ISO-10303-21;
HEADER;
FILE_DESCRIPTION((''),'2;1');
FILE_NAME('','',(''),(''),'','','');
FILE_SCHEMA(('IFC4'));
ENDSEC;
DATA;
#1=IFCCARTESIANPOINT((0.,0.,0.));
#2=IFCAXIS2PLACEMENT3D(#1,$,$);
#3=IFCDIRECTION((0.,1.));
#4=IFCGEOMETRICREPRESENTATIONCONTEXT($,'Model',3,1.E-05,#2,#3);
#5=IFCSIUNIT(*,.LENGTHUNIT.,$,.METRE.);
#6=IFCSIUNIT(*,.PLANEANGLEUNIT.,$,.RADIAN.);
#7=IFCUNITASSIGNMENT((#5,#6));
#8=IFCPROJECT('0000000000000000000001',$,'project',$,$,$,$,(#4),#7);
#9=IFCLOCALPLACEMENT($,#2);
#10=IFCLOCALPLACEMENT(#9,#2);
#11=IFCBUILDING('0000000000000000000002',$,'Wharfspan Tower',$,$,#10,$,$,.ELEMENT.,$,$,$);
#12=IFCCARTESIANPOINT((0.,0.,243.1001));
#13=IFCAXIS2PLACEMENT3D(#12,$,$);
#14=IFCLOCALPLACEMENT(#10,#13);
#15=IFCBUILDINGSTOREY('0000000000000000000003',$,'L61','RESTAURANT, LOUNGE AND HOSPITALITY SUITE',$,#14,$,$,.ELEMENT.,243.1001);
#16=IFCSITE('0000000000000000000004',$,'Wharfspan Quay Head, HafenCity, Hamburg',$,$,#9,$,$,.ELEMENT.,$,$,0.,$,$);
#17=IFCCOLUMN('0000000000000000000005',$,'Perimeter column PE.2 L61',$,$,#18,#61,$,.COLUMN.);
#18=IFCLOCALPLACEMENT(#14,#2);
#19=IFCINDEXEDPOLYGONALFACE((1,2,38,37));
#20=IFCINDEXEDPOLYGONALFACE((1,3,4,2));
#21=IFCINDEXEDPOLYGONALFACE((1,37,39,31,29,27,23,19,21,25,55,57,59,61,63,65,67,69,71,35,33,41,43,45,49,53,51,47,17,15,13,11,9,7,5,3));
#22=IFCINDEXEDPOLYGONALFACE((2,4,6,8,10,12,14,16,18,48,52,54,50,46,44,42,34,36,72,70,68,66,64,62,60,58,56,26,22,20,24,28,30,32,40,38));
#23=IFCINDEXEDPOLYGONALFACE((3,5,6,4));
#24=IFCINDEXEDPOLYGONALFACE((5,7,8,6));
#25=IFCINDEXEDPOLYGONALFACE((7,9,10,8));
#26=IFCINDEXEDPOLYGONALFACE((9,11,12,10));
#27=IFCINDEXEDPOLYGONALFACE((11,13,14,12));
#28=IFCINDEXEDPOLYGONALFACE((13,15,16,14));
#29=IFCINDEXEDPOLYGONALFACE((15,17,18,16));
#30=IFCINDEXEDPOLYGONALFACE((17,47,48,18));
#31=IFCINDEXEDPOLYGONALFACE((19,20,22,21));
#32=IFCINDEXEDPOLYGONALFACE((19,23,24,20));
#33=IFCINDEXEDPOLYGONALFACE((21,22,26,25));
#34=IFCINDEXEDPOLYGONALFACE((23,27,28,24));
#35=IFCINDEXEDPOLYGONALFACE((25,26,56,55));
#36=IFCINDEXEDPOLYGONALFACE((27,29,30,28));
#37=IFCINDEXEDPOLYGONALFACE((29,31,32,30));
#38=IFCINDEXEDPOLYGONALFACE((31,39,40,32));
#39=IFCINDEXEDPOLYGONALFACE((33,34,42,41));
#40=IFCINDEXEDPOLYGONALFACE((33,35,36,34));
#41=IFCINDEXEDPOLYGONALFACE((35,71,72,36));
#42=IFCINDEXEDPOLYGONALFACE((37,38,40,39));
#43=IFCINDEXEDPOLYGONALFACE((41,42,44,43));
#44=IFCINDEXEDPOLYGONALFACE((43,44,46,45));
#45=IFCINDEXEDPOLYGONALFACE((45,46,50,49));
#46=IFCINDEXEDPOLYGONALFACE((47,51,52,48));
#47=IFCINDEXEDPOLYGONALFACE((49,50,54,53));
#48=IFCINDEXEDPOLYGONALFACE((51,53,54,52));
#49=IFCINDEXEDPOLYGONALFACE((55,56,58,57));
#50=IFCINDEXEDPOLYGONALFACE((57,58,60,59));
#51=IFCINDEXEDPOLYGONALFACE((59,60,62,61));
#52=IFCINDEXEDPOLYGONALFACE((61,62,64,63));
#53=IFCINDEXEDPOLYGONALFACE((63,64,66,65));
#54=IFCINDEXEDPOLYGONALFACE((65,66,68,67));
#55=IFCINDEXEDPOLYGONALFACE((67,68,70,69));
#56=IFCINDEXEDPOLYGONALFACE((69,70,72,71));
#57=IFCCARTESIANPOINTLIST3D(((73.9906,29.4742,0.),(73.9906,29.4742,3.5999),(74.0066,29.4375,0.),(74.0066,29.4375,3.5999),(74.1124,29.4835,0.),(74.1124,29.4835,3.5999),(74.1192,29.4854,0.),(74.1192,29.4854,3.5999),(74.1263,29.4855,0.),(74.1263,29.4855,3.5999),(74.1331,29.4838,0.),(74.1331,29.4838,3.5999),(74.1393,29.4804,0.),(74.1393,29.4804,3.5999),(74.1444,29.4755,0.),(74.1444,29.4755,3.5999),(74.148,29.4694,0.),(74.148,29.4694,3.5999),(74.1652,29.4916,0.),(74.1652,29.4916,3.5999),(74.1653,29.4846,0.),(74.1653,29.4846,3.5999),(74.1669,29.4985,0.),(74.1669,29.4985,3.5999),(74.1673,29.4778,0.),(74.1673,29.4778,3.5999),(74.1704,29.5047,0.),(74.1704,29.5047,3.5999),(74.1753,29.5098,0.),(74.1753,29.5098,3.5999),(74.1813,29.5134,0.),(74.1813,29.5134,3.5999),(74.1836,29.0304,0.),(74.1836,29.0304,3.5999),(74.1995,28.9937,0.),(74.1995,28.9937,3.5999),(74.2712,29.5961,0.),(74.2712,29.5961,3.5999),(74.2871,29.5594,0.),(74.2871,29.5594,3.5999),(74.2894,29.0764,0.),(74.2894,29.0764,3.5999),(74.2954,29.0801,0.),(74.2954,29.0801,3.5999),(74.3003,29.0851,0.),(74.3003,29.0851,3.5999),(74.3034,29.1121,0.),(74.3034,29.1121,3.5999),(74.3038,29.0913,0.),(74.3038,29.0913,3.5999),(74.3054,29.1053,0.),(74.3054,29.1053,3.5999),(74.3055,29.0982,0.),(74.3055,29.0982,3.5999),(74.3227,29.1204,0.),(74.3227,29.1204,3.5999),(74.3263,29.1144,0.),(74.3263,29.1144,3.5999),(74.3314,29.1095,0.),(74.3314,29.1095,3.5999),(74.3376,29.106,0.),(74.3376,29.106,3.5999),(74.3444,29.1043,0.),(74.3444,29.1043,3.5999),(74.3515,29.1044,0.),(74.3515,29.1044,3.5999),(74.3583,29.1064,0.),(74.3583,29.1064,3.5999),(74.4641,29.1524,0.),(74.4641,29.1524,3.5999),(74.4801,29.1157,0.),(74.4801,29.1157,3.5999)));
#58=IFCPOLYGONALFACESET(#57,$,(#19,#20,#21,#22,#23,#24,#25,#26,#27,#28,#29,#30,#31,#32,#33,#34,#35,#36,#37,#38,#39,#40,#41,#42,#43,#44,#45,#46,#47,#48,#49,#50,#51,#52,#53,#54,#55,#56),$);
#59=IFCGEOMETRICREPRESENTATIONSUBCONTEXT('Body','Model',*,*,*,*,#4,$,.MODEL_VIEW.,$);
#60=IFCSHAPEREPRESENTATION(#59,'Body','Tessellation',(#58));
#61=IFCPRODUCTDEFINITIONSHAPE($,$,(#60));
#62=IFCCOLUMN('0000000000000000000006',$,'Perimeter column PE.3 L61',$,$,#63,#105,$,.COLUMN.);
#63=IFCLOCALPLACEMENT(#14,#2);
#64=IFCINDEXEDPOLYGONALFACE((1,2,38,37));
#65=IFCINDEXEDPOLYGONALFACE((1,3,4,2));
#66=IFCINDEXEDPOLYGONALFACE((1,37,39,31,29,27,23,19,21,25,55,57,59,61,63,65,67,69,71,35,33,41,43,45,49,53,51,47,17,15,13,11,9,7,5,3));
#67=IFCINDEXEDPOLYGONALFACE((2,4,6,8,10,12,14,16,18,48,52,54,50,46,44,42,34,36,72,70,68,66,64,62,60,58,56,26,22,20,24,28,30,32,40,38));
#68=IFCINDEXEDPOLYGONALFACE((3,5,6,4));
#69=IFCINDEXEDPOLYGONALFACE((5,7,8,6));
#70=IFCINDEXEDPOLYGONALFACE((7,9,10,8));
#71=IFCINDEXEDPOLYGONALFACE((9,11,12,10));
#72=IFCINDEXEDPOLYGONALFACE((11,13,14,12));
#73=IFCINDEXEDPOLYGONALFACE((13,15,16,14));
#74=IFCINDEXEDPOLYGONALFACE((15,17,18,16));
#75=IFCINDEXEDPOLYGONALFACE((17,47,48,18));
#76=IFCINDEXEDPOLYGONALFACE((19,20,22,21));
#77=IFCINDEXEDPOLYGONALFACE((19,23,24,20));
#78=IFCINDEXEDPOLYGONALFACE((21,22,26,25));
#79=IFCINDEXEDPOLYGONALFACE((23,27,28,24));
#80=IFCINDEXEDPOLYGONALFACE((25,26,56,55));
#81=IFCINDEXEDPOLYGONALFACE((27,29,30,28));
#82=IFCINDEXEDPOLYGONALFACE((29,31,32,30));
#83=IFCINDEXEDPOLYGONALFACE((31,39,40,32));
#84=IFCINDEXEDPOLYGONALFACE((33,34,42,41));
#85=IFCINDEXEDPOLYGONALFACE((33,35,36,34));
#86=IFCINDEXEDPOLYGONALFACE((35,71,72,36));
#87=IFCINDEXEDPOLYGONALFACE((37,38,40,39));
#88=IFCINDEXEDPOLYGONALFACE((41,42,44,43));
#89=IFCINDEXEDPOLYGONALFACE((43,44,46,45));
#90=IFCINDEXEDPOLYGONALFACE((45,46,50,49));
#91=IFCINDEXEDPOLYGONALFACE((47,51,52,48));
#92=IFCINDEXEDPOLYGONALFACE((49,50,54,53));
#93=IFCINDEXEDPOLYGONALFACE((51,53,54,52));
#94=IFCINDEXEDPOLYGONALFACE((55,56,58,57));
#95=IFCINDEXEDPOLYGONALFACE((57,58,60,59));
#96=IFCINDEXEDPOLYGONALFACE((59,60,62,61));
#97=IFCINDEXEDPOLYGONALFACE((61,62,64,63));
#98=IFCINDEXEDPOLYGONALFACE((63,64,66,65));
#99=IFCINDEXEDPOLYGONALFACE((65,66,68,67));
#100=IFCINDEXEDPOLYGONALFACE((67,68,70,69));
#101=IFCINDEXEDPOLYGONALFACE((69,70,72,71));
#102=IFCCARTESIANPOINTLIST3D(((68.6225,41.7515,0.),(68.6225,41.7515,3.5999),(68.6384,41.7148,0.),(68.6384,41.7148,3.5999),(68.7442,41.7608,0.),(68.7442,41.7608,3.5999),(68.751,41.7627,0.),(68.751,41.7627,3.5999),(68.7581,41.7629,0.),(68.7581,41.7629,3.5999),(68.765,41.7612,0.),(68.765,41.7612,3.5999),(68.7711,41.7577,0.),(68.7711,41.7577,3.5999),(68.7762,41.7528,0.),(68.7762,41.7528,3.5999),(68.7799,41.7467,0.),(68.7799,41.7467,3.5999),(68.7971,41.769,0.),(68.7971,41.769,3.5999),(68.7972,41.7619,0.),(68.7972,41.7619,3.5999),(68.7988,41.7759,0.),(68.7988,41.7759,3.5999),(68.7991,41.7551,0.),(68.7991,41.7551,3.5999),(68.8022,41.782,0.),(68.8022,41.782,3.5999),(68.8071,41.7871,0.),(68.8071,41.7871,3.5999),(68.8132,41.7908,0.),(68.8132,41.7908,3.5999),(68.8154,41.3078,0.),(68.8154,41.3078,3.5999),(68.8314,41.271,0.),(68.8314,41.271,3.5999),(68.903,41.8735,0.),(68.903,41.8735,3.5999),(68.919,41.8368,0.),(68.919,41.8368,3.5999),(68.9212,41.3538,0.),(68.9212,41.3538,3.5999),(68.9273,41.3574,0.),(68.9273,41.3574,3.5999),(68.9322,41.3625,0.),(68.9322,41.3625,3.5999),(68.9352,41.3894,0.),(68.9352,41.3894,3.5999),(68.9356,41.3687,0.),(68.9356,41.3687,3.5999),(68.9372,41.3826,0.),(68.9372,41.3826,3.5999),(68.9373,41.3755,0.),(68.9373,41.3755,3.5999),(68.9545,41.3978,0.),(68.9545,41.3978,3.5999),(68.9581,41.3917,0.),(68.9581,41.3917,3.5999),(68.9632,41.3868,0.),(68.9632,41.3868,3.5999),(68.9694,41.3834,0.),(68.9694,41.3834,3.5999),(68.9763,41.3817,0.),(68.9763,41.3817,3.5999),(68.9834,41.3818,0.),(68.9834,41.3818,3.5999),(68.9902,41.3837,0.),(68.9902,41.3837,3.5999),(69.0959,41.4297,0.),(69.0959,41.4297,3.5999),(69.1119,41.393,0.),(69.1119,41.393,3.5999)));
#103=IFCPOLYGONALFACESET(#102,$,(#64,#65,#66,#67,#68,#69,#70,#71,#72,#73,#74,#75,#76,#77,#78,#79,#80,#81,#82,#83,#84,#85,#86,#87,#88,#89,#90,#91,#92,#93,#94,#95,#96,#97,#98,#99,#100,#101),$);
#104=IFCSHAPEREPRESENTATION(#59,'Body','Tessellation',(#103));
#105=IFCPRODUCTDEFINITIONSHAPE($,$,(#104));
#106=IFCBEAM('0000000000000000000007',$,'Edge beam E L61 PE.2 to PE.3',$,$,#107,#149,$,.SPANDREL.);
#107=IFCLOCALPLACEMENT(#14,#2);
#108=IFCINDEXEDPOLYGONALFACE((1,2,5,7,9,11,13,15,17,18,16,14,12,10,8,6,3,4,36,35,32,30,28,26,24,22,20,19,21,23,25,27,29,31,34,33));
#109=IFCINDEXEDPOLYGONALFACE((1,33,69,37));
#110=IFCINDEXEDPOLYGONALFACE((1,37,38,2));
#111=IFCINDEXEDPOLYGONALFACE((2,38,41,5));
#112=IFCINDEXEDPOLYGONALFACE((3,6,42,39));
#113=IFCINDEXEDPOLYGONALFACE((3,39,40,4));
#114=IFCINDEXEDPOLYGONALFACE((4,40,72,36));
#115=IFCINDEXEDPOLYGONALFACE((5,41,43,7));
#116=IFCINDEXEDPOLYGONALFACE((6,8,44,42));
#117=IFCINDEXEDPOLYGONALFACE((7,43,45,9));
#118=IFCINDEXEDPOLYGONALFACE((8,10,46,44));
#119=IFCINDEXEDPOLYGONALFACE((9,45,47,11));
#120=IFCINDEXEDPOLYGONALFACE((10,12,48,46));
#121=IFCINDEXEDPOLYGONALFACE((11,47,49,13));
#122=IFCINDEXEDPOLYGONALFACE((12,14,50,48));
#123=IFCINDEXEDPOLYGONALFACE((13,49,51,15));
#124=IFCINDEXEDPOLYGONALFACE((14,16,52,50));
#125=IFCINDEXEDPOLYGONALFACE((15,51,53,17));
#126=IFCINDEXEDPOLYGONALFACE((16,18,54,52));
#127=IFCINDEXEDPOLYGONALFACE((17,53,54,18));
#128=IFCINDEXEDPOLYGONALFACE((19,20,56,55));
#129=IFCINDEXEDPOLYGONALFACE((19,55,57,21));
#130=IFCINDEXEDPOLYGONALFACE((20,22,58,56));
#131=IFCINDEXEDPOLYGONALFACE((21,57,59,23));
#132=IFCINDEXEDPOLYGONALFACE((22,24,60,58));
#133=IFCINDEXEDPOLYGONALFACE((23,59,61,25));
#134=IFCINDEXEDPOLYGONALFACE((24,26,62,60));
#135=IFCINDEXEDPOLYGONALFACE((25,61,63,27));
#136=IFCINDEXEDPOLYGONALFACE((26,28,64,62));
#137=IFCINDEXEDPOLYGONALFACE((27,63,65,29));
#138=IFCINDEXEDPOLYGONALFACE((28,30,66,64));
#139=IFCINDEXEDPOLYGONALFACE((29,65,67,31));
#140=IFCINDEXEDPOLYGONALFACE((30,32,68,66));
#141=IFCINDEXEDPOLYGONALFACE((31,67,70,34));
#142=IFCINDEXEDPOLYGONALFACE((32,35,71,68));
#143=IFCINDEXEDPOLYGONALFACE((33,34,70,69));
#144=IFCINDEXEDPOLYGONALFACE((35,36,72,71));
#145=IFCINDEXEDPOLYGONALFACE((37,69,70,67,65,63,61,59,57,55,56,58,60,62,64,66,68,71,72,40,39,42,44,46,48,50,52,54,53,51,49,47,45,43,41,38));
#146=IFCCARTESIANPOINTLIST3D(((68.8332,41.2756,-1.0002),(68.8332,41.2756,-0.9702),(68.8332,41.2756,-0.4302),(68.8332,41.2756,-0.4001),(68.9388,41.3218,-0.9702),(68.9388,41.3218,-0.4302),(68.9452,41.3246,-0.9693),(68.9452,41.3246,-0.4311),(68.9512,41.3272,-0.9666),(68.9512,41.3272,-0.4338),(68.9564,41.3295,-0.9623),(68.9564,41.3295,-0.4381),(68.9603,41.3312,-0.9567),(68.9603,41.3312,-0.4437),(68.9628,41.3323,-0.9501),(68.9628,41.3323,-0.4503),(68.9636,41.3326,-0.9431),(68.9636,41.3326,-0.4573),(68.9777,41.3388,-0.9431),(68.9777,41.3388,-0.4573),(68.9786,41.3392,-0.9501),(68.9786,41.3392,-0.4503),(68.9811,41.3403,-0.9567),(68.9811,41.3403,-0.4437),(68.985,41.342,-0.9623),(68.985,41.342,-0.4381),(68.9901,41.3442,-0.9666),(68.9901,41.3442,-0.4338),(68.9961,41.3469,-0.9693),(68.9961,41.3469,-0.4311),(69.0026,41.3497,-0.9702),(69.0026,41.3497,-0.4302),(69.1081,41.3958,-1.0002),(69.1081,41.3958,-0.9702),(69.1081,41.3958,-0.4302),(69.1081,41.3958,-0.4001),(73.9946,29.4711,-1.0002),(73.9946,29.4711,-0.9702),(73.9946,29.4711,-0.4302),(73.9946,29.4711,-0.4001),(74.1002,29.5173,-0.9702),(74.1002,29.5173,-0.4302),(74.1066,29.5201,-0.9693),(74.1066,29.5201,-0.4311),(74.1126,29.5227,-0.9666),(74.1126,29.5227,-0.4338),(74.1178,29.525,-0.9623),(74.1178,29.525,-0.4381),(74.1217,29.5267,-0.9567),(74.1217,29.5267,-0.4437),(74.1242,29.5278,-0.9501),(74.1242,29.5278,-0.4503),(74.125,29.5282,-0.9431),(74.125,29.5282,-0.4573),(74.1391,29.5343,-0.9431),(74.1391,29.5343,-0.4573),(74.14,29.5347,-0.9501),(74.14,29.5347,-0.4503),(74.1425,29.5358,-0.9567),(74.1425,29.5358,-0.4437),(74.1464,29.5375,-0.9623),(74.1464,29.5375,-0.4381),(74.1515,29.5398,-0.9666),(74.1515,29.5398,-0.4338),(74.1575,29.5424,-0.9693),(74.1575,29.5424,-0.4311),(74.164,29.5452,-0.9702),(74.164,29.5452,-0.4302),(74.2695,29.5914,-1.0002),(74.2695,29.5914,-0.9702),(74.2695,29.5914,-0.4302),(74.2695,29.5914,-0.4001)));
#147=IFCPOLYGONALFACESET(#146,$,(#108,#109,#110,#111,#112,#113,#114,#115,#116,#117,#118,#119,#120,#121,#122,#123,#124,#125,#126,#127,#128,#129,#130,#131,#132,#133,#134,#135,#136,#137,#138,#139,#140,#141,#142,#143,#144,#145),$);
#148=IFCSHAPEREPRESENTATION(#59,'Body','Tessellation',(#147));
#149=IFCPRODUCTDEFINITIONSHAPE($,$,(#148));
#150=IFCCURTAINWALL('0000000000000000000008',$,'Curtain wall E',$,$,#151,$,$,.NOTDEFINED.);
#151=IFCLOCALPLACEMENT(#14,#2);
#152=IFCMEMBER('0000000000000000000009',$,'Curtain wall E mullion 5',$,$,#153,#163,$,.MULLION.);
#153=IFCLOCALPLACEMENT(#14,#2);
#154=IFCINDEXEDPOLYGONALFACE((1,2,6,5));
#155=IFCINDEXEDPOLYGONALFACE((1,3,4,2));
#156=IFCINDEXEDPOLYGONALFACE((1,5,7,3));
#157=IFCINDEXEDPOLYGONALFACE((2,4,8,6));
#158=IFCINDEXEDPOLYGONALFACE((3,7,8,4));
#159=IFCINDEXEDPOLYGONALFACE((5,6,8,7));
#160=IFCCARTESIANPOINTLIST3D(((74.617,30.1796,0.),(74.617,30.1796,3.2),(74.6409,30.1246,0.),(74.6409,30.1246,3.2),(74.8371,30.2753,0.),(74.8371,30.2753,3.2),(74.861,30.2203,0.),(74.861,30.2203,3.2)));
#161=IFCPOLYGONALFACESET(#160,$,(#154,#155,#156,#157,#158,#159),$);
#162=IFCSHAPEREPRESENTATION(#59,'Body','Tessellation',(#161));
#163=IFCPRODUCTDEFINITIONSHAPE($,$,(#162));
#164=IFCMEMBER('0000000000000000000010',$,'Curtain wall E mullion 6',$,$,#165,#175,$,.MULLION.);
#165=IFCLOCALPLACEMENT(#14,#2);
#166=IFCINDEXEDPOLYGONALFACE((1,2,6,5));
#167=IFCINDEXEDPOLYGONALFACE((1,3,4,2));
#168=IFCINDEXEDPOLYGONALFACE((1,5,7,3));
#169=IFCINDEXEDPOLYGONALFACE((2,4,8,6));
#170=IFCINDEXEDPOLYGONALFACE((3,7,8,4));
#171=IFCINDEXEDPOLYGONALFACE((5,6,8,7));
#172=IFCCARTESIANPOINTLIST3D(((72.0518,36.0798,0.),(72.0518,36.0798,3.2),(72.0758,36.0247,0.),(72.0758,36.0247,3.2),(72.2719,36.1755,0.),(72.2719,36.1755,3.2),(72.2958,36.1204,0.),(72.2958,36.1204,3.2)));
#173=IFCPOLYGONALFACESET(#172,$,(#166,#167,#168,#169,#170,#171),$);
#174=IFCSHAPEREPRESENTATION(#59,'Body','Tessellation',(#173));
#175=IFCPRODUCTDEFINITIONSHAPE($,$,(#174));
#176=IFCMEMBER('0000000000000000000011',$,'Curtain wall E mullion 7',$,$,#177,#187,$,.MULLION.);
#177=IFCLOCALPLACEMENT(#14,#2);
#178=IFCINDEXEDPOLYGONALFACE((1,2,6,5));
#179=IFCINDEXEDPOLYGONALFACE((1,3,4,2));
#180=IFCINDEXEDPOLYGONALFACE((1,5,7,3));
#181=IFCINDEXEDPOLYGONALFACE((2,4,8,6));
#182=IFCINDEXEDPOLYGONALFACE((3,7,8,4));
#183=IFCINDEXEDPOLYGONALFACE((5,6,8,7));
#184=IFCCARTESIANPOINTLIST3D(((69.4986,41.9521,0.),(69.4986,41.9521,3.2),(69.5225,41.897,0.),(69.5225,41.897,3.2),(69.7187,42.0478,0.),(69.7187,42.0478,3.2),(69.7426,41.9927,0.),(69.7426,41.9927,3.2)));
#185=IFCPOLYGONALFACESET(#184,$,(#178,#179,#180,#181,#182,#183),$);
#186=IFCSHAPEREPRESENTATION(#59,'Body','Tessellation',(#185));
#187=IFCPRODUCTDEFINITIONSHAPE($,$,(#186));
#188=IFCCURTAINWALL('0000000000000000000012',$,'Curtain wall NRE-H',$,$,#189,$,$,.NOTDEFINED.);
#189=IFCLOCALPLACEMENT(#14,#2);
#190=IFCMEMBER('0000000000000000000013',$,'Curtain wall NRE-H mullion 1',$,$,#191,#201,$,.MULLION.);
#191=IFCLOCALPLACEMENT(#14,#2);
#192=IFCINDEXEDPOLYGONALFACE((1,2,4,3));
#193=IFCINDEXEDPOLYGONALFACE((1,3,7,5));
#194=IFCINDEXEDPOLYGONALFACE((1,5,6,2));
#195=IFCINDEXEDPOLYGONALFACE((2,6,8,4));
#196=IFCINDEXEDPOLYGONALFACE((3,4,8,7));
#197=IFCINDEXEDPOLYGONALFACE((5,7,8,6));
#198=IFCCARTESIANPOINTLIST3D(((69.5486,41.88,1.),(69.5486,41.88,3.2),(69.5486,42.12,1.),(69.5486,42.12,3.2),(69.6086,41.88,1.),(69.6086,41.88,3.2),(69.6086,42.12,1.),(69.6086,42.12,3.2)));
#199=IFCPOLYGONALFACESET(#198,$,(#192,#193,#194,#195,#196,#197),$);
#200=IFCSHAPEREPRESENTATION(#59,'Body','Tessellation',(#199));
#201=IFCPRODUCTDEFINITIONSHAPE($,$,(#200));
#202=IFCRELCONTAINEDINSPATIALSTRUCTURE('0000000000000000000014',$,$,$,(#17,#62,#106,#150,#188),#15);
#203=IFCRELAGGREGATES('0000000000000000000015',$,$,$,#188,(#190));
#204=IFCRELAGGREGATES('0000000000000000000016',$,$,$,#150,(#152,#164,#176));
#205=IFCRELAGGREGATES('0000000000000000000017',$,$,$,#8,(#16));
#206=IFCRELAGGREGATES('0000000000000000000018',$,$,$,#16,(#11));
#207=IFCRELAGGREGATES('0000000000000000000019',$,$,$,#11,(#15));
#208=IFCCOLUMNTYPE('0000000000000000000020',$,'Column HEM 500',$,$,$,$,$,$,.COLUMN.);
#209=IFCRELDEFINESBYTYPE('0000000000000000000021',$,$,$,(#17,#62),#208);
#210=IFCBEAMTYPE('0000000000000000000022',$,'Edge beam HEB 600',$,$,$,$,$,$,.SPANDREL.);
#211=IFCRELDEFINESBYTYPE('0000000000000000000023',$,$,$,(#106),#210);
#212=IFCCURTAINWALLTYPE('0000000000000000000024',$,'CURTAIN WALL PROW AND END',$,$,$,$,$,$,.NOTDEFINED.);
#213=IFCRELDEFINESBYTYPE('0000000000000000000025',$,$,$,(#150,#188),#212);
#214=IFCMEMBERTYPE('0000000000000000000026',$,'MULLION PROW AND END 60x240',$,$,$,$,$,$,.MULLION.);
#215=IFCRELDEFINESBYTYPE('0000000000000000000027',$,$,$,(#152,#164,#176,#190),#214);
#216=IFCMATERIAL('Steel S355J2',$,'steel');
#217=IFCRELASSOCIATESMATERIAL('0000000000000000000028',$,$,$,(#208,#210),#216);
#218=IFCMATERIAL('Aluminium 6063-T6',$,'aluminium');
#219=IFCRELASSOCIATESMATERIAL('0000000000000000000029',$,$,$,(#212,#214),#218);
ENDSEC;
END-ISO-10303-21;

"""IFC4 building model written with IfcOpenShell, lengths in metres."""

from ifc_helpers import new_model, si_unit, direction, frame, origin, origin_2d, place, context, subcontext, project, spatial, rectangle, i_section, extrude, material, material_profile, profile_set, type_object, element, aggregate, save


model = new_model("IFC4")

# Units and contexts
model_context = context("Model", 3, precision=1e-05, world=origin(), true_north=direction((0.0, 1.0)))
body_context = subcontext(model_context, "Body", "Model", "MODEL_VIEW")
ifc_project = project(units=[si_unit("LENGTHUNIT", "METRE"), si_unit("PLANEANGLEUNIT", "RADIAN")], contexts=[model_context])

# Site, building, storey
site_placement = place(None, origin())
site = spatial("IfcSite", under=ifc_project, at=site_placement, Name="Wharfspan Quay Head, HafenCity, Hamburg", CompositionType="ELEMENT", RefElevation=0.0)
building_placement = place(site_placement, origin())
building = spatial("IfcBuilding", under=site, at=building_placement, Name="Wharfspan Tower", CompositionType="ELEMENT")
storey_placement = place(building_placement, frame((0.0, 0.0, 243.1001)))
storey = spatial("IfcBuildingStorey", under=building, at=storey_placement, Name="L61", Description="RESTAURANT, LOUNGE AND HOSPITALITY SUITE", CompositionType="ELEMENT", Elevation=243.1001)

# Columns
ifc_material_1 = material(Name="Steel S355J2", Category="steel")
ifc_material_profile_1 = material_profile(ifc_material_1, i_section(OverallWidth=0.3059, OverallDepth=0.5239, WebThickness=0.021, FlangeThickness=0.04, FilletRadius=0.0271, at=origin_2d()))
ifc_profile_set_1 = profile_set([ifc_material_profile_1], Name="Steel S355J2")
column_type = type_object("IfcColumnType", Name="Column HEM 500", PredefinedType="COLUMN", material=ifc_profile_set_1)
for number, where, z_axis, x_axis, name in (
    (1, (74.2354, 29.2949, 0.0), (0.0, 0.0, 1.0), (0.917072, 0.398727, 0.0), "Perimeter column PE.2 L61"),
    (2, (68.8672, 41.5723, 0.0), (0.0, 0.0, 1.0), (0.917072, 0.398727, 0.0), "Perimeter column PE.3 L61"),
):
    element("IfcColumn", number, at=place(storey_placement, frame(where, z_axis=z_axis, x_axis=x_axis)), inside=storey, type_object=column_type, Name=name, PredefinedType="COLUMN", context=body_context, shape_type="SweptSolid", body=[
        extrude(i_section(OverallWidth=0.3059, OverallDepth=0.5239, WebThickness=0.021, FlangeThickness=0.04, FilletRadius=0.0271, at=origin_2d()), origin(), (0.0, 0.0, 1.0), 3.5999),
    ])

# Beam
ifc_material_profile_2 = material_profile(ifc_material_1, i_section(OverallWidth=0.3, OverallDepth=0.6001, WebThickness=0.0154, FlangeThickness=0.03, FilletRadius=0.0271, at=origin_2d()))
ifc_profile_set_2 = profile_set([ifc_material_profile_2], Name="Steel S355J2")
beam_type = type_object("IfcBeamType", Name="Edge beam HEB 600", PredefinedType="SPANDREL", material=ifc_profile_set_2)
beam_placement = place(storey_placement, frame((74.1321, 29.5312, -0.7002), z_axis=(-0.400619, 0.916245, 0.0), x_axis=(-0.916245, -0.400619, 0.0)))
element("IfcBeam", 3, at=beam_placement, inside=storey, type_object=beam_type, Name="Edge beam E L61 PE.2 to PE.3", PredefinedType="SPANDREL", context=body_context, shape_type="SweptSolid", body=[
    extrude(i_section(OverallWidth=0.3, OverallDepth=0.6001, WebThickness=0.0154, FlangeThickness=0.03, FilletRadius=0.0271, at=origin_2d()), origin(), (0.0, 0.0, 1.0), 12.8835),
])

# Curtain wall, members
ifc_material_2 = material(Name="Aluminium 6063-T6", Category="aluminium")
curtain_wall_type = type_object("IfcCurtainWallType", Name="CURTAIN WALL PROW AND END", PredefinedType="NOTDEFINED", material=ifc_material_2)
curtain_wall_1_placement = place(storey_placement, origin())
curtain_wall_1 = element("IfcCurtainWall", 4, at=curtain_wall_1_placement, inside=storey, type_object=curtain_wall_type, Name="Curtain wall E", PredefinedType="NOTDEFINED")
ifc_material_profile_3 = material_profile(ifc_material_2, rectangle(XDim=0.24, YDim=0.0601, at=origin_2d()))
ifc_profile_set_3 = profile_set([ifc_material_profile_3], Name="Aluminium 6063-T6")
member_type_1 = type_object("IfcMemberType", Name="MULLION PROW AND END 60x240", PredefinedType="MULLION", material=ifc_profile_set_3)
member_1_placement = place(storey_placement, frame((74.739, 30.2, 0.0), z_axis=(0.0, 0.0, 1.0), x_axis=(-0.917072, -0.398727, 0.0)))
member_1 = element("IfcMember", 5, at=member_1_placement, type_object=member_type_1, Name="Curtain wall E mullion 5", PredefinedType="MULLION", context=body_context, shape_type="SweptSolid", body=[
    extrude(rectangle(XDim=0.24, YDim=0.0601, at=origin_2d()), origin(), (0.0, 0.0, 1.0), 3.2),
])
member_2_placement = place(storey_placement, frame((72.1738, 36.1001, 0.0), z_axis=(0.0, 0.0, 1.0), x_axis=(-0.917072, -0.398727, 0.0)))
member_2 = element("IfcMember", 6, at=member_2_placement, type_object=member_type_1, Name="Curtain wall E mullion 6", PredefinedType="MULLION", context=body_context, shape_type="SweptSolid", body=[
    extrude(rectangle(XDim=0.24, YDim=0.0601, at=origin_2d()), origin(), (0.0, 0.0, 1.0), 3.2),
])
member_3_placement = place(storey_placement, frame((69.6206, 41.9724, 0.0), z_axis=(0.0, 0.0, 1.0), x_axis=(-0.917072, -0.398727, 0.0)))
member_3 = element("IfcMember", 7, at=member_3_placement, type_object=member_type_1, Name="Curtain wall E mullion 7", PredefinedType="MULLION", context=body_context, shape_type="SweptSolid", body=[
    extrude(rectangle(XDim=0.24, YDim=0.0601, at=origin_2d()), origin(), (0.0, 0.0, 1.0), 3.2),
])

# Curtain wall, member
curtain_wall_2_placement = place(storey_placement, origin())
curtain_wall_2 = element("IfcCurtainWall", 8, at=curtain_wall_2_placement, inside=storey, type_object=curtain_wall_type, Name="Curtain wall NRE-H", PredefinedType="NOTDEFINED")
member_4_placement = place(storey_placement, frame((69.5786, 42.0, 1.0), z_axis=(0.0, 0.0, 1.0), x_axis=(0.0, -1.0, 0.0)))
member_4 = element("IfcMember", 9, at=member_4_placement, type_object=member_type_1, Name="Curtain wall NRE-H mullion 1", PredefinedType="MULLION", context=body_context, shape_type="SweptSolid", body=[
    extrude(rectangle(XDim=0.24, YDim=0.0601, at=origin_2d()), origin(), (0.0, 0.0, 1.0), 2.2),
])

aggregate(curtain_wall_2, [member_4])

aggregate(curtain_wall_1, [member_1, member_2, member_3])

save(model, "model.ifc")
